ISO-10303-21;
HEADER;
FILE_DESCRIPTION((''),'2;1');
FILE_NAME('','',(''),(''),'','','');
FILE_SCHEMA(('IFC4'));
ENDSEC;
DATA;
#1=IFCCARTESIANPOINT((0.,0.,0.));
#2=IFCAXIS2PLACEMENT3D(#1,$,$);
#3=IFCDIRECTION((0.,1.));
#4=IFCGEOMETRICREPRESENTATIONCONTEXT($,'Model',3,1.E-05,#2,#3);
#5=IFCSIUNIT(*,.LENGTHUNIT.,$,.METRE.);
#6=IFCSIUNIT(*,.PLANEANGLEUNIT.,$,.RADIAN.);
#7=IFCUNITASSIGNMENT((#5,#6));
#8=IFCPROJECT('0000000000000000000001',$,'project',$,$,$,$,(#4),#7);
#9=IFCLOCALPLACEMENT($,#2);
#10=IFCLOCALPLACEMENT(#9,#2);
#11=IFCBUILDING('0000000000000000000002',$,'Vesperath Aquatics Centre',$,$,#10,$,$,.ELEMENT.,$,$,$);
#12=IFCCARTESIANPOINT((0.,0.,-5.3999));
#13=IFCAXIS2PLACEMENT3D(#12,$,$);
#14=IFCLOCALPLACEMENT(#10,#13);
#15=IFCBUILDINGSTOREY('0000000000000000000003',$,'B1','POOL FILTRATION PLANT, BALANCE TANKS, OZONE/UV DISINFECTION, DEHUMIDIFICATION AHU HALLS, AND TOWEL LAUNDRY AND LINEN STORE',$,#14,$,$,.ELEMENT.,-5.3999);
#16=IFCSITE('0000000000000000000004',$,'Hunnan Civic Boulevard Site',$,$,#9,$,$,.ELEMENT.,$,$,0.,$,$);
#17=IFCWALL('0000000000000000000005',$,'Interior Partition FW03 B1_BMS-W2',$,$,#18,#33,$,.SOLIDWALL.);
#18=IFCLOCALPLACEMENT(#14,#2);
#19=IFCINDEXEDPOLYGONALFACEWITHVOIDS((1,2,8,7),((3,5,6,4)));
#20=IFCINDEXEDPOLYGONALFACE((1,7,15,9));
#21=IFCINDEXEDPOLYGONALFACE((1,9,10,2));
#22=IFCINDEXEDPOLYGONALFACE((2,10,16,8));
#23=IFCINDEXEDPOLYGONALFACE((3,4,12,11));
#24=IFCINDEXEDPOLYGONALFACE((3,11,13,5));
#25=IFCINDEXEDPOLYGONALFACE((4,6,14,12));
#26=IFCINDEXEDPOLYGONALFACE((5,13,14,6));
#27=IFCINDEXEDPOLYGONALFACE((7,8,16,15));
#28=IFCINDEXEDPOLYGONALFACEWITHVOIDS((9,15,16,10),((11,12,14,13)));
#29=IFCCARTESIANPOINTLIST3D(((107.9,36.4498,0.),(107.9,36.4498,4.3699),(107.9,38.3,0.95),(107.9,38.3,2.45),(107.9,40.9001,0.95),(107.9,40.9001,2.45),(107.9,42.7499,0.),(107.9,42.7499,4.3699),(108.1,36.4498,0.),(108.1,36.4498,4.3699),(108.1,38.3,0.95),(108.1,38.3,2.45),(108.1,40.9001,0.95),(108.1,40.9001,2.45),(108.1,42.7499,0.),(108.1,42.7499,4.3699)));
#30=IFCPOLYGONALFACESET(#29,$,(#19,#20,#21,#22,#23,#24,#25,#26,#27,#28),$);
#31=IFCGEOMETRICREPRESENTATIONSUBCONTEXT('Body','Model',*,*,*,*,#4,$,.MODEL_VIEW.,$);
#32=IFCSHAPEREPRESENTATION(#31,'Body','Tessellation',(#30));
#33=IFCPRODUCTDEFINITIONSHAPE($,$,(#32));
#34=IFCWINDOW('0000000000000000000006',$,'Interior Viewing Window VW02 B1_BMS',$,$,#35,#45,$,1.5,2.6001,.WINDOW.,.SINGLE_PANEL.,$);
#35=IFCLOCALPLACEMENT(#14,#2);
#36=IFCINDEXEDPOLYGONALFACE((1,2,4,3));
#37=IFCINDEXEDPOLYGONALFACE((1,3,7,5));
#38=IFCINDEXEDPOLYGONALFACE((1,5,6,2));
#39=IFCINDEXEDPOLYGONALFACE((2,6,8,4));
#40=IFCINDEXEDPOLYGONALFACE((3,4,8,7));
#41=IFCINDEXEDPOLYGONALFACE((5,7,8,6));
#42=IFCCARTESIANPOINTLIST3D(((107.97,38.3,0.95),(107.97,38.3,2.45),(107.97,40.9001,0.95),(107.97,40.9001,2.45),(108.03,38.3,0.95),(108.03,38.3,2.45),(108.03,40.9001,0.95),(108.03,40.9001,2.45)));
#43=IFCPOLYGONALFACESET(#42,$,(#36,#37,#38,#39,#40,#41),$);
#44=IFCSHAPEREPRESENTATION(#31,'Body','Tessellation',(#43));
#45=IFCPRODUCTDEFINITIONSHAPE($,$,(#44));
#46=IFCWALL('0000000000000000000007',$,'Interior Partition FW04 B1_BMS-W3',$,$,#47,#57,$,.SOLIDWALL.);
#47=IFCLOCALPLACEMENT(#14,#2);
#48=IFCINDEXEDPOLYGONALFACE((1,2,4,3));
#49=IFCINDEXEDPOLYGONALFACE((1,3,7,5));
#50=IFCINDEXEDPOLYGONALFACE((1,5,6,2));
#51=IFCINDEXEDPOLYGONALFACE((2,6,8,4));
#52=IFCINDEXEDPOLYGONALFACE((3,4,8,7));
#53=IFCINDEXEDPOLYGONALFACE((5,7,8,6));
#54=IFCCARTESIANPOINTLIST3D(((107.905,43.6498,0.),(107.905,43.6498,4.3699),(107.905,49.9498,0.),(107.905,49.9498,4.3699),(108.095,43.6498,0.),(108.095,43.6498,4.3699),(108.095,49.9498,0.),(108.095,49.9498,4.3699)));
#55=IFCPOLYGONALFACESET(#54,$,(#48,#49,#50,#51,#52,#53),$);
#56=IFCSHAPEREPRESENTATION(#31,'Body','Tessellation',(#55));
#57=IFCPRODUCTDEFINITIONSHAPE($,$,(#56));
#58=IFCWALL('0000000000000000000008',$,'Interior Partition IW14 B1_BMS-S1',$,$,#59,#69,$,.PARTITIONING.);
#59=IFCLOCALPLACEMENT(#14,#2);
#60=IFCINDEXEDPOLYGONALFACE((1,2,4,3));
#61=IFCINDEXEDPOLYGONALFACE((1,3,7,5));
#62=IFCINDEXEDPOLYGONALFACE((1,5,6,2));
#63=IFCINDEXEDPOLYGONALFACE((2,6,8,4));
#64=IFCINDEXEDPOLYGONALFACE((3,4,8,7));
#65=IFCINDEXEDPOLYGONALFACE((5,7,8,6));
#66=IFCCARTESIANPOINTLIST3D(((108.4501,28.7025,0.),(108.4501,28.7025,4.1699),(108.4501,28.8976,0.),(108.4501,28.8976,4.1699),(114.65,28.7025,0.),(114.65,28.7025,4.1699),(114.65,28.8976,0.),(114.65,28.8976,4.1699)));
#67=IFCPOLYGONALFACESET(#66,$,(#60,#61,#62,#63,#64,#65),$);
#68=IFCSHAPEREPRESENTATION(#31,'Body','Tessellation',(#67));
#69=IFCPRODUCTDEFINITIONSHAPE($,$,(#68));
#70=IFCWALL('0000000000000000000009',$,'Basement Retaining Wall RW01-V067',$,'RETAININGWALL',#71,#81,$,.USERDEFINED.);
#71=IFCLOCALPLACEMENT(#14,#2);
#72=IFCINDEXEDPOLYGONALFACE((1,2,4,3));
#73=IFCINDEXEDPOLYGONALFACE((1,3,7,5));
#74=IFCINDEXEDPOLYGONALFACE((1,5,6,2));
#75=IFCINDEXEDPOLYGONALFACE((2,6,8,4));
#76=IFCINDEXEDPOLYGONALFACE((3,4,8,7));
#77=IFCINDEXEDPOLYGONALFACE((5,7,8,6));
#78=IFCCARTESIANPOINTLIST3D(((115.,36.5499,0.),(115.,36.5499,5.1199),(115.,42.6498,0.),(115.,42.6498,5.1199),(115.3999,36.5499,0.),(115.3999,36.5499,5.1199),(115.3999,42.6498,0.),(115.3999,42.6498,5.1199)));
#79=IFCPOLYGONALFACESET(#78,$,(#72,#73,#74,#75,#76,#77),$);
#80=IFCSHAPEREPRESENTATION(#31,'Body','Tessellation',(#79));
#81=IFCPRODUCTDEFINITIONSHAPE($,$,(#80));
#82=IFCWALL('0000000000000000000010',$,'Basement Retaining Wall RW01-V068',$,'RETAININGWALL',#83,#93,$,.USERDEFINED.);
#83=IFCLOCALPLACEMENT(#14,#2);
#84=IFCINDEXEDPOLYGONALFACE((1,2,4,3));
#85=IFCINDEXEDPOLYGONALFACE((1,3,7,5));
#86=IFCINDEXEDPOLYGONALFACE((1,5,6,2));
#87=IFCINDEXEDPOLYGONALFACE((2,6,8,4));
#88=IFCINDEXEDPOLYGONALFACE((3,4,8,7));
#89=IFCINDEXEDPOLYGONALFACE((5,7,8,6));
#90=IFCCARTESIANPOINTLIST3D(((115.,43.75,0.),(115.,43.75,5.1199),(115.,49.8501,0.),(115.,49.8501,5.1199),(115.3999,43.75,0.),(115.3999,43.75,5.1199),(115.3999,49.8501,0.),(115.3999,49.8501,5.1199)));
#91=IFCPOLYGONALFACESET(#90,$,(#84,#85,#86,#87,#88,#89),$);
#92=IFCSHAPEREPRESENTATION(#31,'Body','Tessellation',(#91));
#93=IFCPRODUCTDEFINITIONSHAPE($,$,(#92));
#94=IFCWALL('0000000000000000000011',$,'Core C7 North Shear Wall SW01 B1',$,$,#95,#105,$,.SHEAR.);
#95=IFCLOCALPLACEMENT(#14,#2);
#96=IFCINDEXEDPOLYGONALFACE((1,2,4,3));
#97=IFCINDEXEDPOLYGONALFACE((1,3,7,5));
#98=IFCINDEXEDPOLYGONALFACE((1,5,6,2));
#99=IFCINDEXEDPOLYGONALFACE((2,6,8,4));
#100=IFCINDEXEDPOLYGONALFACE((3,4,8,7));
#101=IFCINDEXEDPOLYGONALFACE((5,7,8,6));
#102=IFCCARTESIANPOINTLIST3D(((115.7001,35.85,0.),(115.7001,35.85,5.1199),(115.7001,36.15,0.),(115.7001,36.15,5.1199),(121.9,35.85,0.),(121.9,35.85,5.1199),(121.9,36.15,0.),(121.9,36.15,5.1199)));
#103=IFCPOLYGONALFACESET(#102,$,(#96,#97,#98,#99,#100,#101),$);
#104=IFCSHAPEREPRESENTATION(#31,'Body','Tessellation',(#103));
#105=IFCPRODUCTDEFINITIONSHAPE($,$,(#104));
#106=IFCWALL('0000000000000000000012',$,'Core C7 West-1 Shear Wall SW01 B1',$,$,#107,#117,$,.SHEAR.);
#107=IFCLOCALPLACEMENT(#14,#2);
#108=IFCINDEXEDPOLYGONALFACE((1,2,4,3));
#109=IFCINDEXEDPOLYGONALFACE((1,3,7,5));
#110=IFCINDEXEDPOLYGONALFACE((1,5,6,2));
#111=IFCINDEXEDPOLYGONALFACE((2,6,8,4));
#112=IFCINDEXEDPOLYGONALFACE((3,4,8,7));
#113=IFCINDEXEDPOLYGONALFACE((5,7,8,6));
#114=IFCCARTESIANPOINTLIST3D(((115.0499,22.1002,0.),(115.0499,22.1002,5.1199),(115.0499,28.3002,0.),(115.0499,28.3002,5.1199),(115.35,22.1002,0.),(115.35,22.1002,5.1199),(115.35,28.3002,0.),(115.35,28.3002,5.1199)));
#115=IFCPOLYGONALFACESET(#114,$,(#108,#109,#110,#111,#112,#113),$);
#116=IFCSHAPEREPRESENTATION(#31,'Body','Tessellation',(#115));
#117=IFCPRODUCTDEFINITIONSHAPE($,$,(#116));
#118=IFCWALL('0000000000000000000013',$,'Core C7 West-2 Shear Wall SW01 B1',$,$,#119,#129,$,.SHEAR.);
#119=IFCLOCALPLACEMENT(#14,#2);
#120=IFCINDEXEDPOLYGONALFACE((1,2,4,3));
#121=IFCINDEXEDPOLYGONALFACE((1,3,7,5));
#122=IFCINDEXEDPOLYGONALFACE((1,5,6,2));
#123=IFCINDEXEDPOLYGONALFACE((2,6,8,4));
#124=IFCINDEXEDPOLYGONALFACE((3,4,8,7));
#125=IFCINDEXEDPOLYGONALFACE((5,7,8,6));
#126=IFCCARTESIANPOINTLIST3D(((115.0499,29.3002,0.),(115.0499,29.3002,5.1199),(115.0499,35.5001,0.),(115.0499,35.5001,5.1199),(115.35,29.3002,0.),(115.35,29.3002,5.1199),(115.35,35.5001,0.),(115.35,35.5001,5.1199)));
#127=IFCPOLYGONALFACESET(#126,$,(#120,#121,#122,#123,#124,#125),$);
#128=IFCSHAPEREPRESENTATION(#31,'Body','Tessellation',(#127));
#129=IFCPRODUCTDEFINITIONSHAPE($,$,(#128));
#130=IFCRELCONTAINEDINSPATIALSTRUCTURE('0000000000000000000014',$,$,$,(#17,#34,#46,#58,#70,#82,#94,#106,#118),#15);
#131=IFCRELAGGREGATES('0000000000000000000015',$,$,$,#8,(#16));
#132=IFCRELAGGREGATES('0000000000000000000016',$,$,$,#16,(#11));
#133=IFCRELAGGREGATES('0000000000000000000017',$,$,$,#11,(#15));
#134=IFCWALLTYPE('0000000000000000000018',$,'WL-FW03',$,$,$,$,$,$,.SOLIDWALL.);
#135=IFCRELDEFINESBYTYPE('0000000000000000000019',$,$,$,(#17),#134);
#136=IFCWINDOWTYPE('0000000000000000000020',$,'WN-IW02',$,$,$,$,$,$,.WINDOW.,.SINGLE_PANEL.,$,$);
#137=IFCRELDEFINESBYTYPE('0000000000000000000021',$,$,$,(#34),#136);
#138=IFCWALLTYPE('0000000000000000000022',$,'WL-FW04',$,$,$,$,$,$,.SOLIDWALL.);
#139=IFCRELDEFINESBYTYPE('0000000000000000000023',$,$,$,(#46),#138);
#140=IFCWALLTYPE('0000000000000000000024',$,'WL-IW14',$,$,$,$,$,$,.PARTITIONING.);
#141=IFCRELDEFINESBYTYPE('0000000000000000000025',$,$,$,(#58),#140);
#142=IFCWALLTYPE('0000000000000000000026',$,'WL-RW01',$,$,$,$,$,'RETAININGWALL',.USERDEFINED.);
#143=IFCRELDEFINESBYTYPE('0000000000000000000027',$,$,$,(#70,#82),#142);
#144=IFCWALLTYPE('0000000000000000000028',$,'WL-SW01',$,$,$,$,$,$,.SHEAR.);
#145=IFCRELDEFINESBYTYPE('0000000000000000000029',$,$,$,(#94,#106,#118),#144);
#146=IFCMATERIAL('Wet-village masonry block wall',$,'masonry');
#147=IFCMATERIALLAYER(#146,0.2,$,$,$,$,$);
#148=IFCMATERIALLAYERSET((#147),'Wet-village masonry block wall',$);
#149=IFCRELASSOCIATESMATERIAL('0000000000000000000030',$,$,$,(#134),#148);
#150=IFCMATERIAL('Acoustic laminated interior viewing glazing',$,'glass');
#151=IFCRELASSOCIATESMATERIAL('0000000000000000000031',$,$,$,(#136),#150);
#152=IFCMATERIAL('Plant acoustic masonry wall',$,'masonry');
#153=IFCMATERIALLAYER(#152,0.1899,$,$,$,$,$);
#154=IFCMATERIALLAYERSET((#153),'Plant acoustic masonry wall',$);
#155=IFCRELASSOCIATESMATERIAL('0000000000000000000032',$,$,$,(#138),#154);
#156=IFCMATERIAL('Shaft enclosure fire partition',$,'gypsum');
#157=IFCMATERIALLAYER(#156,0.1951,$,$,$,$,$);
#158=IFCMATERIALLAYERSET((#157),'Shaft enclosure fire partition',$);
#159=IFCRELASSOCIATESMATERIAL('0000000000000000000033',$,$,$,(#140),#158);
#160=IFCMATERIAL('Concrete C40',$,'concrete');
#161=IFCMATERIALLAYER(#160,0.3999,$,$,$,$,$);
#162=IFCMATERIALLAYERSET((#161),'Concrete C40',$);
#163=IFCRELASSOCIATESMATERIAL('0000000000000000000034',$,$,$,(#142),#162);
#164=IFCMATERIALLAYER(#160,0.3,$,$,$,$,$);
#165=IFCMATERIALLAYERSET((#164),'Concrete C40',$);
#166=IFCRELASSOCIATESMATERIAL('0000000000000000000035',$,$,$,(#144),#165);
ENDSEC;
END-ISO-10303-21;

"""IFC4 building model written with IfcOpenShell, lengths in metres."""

from ifc_helpers import new_model, si_unit, direction, frame, frame_2d, origin, place, context, subcontext, project, spatial, rectangle, extrude, material, layer, layer_set, type_object, element, fill, save


model = new_model("IFC4")

# Units and contexts
model_context = context("Model", 3, precision=1e-05, world=origin(), true_north=direction((0.0, 1.0)))
body_context = subcontext(model_context, "Body", "Model", "MODEL_VIEW")
ifc_project = project(units=[si_unit("LENGTHUNIT", "METRE"), si_unit("PLANEANGLEUNIT", "RADIAN")], contexts=[model_context])

# Site, building, storey
site_placement = place(None, origin())
site = spatial("IfcSite", under=ifc_project, at=site_placement, Name="Hunnan Civic Boulevard Site", CompositionType="ELEMENT", RefElevation=0.0)
building_placement = place(site_placement, origin())
building = spatial("IfcBuilding", under=site, at=building_placement, Name="Vesperath Aquatics Centre", CompositionType="ELEMENT")
storey_placement = place(building_placement, frame((0.0, 0.0, -5.3999)))
storey = spatial("IfcBuildingStorey", under=building, at=storey_placement, Name="B1", Description="POOL FILTRATION PLANT, BALANCE TANKS, OZONE/UV DISINFECTION, DEHUMIDIFICATION AHU HALLS, AND TOWEL LAUNDRY AND LINEN STORE", CompositionType="ELEMENT", Elevation=-5.3999)

# Shared definitions
ifc_material_1 = material(Name="Concrete C40", Category="concrete")

# Wall, opening, window
ifc_material_2 = material(Name="Wet-village masonry block wall", Category="masonry")
ifc_layer_1 = layer(ifc_material_2, 0.2)
ifc_layer_set_1 = layer_set([ifc_layer_1], Name="Wet-village masonry block wall")
wall_type_1 = type_object("IfcWallType", Name="WL-FW03", PredefinedType="SOLIDWALL", material=ifc_layer_set_1)
wall_1_placement = place(storey_placement, frame((108.0, 36.45, 0.0), z_axis=(0.0, 0.0, 1.0), x_axis=(0.0, 1.0, 0.0)))
wall_1 = element("IfcWall", 1, at=wall_1_placement, inside=storey, type_object=wall_type_1, Name="Interior Partition FW03 B1_BMS-W2", PredefinedType="SOLIDWALL", context=body_context, shape_type="SweptSolid", body=[
    extrude(rectangle(XDim=6.3, YDim=0.2, at=frame_2d((3.1499, 0.0))), origin(), (0.0, 0.0, 1.0), 4.3699),
])
opening_placement = place(wall_1_placement, frame((1.8501, 0.0, 0.95)))
opening = element("IfcOpeningElement", 2, at=opening_placement, cuts=wall_1, PredefinedType="OPENING", context=body_context, shape_type="SweptSolid", body=[
    extrude(rectangle(XDim=2.6001, YDim=1.5, at=frame_2d((1.3, 0.75))), frame((0.0, 0.1147, 0.0), z_axis=(0.0, -1.0, 0.0), x_axis=(1.0, 0.0, 0.0)), (0.0, 0.0, 1.0), 0.2297),
])
ifc_material_3 = material(Name="Acoustic laminated interior viewing glazing", Category="glass")
window_type = type_object("IfcWindowType", Name="WN-IW02", PartitioningType="SINGLE_PANEL", PredefinedType="WINDOW", material=ifc_material_3)
window_placement = place(opening_placement, origin())
window = element("IfcWindow", 3, at=window_placement, inside=storey, type_object=window_type, Name="Interior Viewing Window VW02 B1_BMS", OverallHeight=1.5, OverallWidth=2.6001, PartitioningType="SINGLE_PANEL", PredefinedType="WINDOW", context=body_context, shape_type="SweptSolid", body=[
    extrude(rectangle(XDim=2.6001, YDim=1.5, at=frame_2d((1.3, 0.75))), frame((0.0, 0.03, 0.0), z_axis=(0.0, -1.0, 0.0), x_axis=(1.0, 0.0, 0.0)), (0.0, 0.0, 1.0), 0.0601),
])
fill(opening, window)

# Walls
ifc_material_4 = material(Name="Plant acoustic masonry wall", Category="masonry")
ifc_layer_2 = layer(ifc_material_4, 0.1899)
ifc_layer_set_2 = layer_set([ifc_layer_2], Name="Plant acoustic masonry wall")
wall_type_2 = type_object("IfcWallType", Name="WL-FW04", PredefinedType="SOLIDWALL", material=ifc_layer_set_2)
wall_2_placement = place(storey_placement, frame((108.0, 43.6499, 0.0), z_axis=(0.0, 0.0, 1.0), x_axis=(0.0, 1.0, 0.0)))
element("IfcWall", 4, at=wall_2_placement, inside=storey, type_object=wall_type_2, Name="Interior Partition FW04 B1_BMS-W3", PredefinedType="SOLIDWALL", context=body_context, shape_type="SweptSolid", body=[
    extrude(rectangle(XDim=6.3, YDim=0.1899, at=frame_2d((3.1499, 0.0))), origin(), (0.0, 0.0, 1.0), 4.3699),
])
ifc_material_5 = material(Name="Shaft enclosure fire partition", Category="gypsum")
ifc_layer_3 = layer(ifc_material_5, 0.1951)
ifc_layer_set_3 = layer_set([ifc_layer_3], Name="Shaft enclosure fire partition")
wall_type_3 = type_object("IfcWallType", Name="WL-IW14", PredefinedType="PARTITIONING", material=ifc_layer_set_3)
wall_3_placement = place(storey_placement, frame((108.45, 28.8, 0.0), z_axis=(0.0, 0.0, 1.0), x_axis=(1.0, 0.0, 0.0)))
element("IfcWall", 5, at=wall_3_placement, inside=storey, type_object=wall_type_3, Name="Interior Partition IW14 B1_BMS-S1", PredefinedType="PARTITIONING", context=body_context, shape_type="SweptSolid", body=[
    extrude(rectangle(XDim=6.2, YDim=0.1951, at=frame_2d((3.1001, 0.0))), origin(), (0.0, 0.0, 1.0), 4.1699),
])
ifc_layer_4 = layer(ifc_material_1, 0.3999)
ifc_layer_set_4 = layer_set([ifc_layer_4], Name="Concrete C40")
wall_type_4 = type_object("IfcWallType", Name="WL-RW01", ElementType="RETAININGWALL", PredefinedType="USERDEFINED", material=ifc_layer_set_4)
wall_4_placement = place(storey_placement, frame((115.2, 36.55, 0.0), z_axis=(0.0, 0.0, 1.0), x_axis=(0.0, 1.0, 0.0)))
element("IfcWall", 6, at=wall_4_placement, inside=storey, type_object=wall_type_4, Name="Basement Retaining Wall RW01-V067", ObjectType="RETAININGWALL", PredefinedType="USERDEFINED", context=body_context, shape_type="SweptSolid", body=[
    extrude(rectangle(XDim=6.0999, YDim=0.3999, at=frame_2d((3.0498, 0.0))), origin(), (0.0, 0.0, 1.0), 5.1199),
])
wall_5_placement = place(storey_placement, frame((115.2, 43.75, 0.0), z_axis=(0.0, 0.0, 1.0), x_axis=(0.0, 1.0, 0.0)))
element("IfcWall", 7, at=wall_5_placement, inside=storey, type_object=wall_type_4, Name="Basement Retaining Wall RW01-V068", ObjectType="RETAININGWALL", PredefinedType="USERDEFINED", context=body_context, shape_type="SweptSolid", body=[
    extrude(rectangle(XDim=6.1001, YDim=0.3999, at=frame_2d((3.05, 0.0))), origin(), (0.0, 0.0, 1.0), 5.1199),
])
ifc_layer_5 = layer(ifc_material_1, 0.3)
ifc_layer_set_5 = layer_set([ifc_layer_5], Name="Concrete C40")
wall_type_5 = type_object("IfcWallType", Name="WL-SW01", PredefinedType="SHEAR", material=ifc_layer_set_5)
for number, where, z_axis, x_axis, name in (
    (8, (115.7, 36.0, 0.0), (0.0, 0.0, 1.0), (1.0, 0.0, 0.0), "Core C7 North Shear Wall SW01 B1"),
    (9, (115.2, 22.1001, 0.0), (0.0, 0.0, 1.0), (0.0, 1.0, 0.0), "Core C7 West-1 Shear Wall SW01 B1"),
    (10, (115.2, 29.3, 0.0), (0.0, 0.0, 1.0), (0.0, 1.0, 0.0), "Core C7 West-2 Shear Wall SW01 B1"),
):
    element("IfcWall", number, at=place(storey_placement, frame(where, z_axis=z_axis, x_axis=x_axis)), inside=storey, type_object=wall_type_5, Name=name, PredefinedType="SHEAR", context=body_context, shape_type="SweptSolid", body=[
        extrude(rectangle(XDim=6.2, YDim=0.3, at=frame_2d((3.1001, 0.0))), origin(), (0.0, 0.0, 1.0), 5.1199),
    ])

save(model, "model.ifc")
